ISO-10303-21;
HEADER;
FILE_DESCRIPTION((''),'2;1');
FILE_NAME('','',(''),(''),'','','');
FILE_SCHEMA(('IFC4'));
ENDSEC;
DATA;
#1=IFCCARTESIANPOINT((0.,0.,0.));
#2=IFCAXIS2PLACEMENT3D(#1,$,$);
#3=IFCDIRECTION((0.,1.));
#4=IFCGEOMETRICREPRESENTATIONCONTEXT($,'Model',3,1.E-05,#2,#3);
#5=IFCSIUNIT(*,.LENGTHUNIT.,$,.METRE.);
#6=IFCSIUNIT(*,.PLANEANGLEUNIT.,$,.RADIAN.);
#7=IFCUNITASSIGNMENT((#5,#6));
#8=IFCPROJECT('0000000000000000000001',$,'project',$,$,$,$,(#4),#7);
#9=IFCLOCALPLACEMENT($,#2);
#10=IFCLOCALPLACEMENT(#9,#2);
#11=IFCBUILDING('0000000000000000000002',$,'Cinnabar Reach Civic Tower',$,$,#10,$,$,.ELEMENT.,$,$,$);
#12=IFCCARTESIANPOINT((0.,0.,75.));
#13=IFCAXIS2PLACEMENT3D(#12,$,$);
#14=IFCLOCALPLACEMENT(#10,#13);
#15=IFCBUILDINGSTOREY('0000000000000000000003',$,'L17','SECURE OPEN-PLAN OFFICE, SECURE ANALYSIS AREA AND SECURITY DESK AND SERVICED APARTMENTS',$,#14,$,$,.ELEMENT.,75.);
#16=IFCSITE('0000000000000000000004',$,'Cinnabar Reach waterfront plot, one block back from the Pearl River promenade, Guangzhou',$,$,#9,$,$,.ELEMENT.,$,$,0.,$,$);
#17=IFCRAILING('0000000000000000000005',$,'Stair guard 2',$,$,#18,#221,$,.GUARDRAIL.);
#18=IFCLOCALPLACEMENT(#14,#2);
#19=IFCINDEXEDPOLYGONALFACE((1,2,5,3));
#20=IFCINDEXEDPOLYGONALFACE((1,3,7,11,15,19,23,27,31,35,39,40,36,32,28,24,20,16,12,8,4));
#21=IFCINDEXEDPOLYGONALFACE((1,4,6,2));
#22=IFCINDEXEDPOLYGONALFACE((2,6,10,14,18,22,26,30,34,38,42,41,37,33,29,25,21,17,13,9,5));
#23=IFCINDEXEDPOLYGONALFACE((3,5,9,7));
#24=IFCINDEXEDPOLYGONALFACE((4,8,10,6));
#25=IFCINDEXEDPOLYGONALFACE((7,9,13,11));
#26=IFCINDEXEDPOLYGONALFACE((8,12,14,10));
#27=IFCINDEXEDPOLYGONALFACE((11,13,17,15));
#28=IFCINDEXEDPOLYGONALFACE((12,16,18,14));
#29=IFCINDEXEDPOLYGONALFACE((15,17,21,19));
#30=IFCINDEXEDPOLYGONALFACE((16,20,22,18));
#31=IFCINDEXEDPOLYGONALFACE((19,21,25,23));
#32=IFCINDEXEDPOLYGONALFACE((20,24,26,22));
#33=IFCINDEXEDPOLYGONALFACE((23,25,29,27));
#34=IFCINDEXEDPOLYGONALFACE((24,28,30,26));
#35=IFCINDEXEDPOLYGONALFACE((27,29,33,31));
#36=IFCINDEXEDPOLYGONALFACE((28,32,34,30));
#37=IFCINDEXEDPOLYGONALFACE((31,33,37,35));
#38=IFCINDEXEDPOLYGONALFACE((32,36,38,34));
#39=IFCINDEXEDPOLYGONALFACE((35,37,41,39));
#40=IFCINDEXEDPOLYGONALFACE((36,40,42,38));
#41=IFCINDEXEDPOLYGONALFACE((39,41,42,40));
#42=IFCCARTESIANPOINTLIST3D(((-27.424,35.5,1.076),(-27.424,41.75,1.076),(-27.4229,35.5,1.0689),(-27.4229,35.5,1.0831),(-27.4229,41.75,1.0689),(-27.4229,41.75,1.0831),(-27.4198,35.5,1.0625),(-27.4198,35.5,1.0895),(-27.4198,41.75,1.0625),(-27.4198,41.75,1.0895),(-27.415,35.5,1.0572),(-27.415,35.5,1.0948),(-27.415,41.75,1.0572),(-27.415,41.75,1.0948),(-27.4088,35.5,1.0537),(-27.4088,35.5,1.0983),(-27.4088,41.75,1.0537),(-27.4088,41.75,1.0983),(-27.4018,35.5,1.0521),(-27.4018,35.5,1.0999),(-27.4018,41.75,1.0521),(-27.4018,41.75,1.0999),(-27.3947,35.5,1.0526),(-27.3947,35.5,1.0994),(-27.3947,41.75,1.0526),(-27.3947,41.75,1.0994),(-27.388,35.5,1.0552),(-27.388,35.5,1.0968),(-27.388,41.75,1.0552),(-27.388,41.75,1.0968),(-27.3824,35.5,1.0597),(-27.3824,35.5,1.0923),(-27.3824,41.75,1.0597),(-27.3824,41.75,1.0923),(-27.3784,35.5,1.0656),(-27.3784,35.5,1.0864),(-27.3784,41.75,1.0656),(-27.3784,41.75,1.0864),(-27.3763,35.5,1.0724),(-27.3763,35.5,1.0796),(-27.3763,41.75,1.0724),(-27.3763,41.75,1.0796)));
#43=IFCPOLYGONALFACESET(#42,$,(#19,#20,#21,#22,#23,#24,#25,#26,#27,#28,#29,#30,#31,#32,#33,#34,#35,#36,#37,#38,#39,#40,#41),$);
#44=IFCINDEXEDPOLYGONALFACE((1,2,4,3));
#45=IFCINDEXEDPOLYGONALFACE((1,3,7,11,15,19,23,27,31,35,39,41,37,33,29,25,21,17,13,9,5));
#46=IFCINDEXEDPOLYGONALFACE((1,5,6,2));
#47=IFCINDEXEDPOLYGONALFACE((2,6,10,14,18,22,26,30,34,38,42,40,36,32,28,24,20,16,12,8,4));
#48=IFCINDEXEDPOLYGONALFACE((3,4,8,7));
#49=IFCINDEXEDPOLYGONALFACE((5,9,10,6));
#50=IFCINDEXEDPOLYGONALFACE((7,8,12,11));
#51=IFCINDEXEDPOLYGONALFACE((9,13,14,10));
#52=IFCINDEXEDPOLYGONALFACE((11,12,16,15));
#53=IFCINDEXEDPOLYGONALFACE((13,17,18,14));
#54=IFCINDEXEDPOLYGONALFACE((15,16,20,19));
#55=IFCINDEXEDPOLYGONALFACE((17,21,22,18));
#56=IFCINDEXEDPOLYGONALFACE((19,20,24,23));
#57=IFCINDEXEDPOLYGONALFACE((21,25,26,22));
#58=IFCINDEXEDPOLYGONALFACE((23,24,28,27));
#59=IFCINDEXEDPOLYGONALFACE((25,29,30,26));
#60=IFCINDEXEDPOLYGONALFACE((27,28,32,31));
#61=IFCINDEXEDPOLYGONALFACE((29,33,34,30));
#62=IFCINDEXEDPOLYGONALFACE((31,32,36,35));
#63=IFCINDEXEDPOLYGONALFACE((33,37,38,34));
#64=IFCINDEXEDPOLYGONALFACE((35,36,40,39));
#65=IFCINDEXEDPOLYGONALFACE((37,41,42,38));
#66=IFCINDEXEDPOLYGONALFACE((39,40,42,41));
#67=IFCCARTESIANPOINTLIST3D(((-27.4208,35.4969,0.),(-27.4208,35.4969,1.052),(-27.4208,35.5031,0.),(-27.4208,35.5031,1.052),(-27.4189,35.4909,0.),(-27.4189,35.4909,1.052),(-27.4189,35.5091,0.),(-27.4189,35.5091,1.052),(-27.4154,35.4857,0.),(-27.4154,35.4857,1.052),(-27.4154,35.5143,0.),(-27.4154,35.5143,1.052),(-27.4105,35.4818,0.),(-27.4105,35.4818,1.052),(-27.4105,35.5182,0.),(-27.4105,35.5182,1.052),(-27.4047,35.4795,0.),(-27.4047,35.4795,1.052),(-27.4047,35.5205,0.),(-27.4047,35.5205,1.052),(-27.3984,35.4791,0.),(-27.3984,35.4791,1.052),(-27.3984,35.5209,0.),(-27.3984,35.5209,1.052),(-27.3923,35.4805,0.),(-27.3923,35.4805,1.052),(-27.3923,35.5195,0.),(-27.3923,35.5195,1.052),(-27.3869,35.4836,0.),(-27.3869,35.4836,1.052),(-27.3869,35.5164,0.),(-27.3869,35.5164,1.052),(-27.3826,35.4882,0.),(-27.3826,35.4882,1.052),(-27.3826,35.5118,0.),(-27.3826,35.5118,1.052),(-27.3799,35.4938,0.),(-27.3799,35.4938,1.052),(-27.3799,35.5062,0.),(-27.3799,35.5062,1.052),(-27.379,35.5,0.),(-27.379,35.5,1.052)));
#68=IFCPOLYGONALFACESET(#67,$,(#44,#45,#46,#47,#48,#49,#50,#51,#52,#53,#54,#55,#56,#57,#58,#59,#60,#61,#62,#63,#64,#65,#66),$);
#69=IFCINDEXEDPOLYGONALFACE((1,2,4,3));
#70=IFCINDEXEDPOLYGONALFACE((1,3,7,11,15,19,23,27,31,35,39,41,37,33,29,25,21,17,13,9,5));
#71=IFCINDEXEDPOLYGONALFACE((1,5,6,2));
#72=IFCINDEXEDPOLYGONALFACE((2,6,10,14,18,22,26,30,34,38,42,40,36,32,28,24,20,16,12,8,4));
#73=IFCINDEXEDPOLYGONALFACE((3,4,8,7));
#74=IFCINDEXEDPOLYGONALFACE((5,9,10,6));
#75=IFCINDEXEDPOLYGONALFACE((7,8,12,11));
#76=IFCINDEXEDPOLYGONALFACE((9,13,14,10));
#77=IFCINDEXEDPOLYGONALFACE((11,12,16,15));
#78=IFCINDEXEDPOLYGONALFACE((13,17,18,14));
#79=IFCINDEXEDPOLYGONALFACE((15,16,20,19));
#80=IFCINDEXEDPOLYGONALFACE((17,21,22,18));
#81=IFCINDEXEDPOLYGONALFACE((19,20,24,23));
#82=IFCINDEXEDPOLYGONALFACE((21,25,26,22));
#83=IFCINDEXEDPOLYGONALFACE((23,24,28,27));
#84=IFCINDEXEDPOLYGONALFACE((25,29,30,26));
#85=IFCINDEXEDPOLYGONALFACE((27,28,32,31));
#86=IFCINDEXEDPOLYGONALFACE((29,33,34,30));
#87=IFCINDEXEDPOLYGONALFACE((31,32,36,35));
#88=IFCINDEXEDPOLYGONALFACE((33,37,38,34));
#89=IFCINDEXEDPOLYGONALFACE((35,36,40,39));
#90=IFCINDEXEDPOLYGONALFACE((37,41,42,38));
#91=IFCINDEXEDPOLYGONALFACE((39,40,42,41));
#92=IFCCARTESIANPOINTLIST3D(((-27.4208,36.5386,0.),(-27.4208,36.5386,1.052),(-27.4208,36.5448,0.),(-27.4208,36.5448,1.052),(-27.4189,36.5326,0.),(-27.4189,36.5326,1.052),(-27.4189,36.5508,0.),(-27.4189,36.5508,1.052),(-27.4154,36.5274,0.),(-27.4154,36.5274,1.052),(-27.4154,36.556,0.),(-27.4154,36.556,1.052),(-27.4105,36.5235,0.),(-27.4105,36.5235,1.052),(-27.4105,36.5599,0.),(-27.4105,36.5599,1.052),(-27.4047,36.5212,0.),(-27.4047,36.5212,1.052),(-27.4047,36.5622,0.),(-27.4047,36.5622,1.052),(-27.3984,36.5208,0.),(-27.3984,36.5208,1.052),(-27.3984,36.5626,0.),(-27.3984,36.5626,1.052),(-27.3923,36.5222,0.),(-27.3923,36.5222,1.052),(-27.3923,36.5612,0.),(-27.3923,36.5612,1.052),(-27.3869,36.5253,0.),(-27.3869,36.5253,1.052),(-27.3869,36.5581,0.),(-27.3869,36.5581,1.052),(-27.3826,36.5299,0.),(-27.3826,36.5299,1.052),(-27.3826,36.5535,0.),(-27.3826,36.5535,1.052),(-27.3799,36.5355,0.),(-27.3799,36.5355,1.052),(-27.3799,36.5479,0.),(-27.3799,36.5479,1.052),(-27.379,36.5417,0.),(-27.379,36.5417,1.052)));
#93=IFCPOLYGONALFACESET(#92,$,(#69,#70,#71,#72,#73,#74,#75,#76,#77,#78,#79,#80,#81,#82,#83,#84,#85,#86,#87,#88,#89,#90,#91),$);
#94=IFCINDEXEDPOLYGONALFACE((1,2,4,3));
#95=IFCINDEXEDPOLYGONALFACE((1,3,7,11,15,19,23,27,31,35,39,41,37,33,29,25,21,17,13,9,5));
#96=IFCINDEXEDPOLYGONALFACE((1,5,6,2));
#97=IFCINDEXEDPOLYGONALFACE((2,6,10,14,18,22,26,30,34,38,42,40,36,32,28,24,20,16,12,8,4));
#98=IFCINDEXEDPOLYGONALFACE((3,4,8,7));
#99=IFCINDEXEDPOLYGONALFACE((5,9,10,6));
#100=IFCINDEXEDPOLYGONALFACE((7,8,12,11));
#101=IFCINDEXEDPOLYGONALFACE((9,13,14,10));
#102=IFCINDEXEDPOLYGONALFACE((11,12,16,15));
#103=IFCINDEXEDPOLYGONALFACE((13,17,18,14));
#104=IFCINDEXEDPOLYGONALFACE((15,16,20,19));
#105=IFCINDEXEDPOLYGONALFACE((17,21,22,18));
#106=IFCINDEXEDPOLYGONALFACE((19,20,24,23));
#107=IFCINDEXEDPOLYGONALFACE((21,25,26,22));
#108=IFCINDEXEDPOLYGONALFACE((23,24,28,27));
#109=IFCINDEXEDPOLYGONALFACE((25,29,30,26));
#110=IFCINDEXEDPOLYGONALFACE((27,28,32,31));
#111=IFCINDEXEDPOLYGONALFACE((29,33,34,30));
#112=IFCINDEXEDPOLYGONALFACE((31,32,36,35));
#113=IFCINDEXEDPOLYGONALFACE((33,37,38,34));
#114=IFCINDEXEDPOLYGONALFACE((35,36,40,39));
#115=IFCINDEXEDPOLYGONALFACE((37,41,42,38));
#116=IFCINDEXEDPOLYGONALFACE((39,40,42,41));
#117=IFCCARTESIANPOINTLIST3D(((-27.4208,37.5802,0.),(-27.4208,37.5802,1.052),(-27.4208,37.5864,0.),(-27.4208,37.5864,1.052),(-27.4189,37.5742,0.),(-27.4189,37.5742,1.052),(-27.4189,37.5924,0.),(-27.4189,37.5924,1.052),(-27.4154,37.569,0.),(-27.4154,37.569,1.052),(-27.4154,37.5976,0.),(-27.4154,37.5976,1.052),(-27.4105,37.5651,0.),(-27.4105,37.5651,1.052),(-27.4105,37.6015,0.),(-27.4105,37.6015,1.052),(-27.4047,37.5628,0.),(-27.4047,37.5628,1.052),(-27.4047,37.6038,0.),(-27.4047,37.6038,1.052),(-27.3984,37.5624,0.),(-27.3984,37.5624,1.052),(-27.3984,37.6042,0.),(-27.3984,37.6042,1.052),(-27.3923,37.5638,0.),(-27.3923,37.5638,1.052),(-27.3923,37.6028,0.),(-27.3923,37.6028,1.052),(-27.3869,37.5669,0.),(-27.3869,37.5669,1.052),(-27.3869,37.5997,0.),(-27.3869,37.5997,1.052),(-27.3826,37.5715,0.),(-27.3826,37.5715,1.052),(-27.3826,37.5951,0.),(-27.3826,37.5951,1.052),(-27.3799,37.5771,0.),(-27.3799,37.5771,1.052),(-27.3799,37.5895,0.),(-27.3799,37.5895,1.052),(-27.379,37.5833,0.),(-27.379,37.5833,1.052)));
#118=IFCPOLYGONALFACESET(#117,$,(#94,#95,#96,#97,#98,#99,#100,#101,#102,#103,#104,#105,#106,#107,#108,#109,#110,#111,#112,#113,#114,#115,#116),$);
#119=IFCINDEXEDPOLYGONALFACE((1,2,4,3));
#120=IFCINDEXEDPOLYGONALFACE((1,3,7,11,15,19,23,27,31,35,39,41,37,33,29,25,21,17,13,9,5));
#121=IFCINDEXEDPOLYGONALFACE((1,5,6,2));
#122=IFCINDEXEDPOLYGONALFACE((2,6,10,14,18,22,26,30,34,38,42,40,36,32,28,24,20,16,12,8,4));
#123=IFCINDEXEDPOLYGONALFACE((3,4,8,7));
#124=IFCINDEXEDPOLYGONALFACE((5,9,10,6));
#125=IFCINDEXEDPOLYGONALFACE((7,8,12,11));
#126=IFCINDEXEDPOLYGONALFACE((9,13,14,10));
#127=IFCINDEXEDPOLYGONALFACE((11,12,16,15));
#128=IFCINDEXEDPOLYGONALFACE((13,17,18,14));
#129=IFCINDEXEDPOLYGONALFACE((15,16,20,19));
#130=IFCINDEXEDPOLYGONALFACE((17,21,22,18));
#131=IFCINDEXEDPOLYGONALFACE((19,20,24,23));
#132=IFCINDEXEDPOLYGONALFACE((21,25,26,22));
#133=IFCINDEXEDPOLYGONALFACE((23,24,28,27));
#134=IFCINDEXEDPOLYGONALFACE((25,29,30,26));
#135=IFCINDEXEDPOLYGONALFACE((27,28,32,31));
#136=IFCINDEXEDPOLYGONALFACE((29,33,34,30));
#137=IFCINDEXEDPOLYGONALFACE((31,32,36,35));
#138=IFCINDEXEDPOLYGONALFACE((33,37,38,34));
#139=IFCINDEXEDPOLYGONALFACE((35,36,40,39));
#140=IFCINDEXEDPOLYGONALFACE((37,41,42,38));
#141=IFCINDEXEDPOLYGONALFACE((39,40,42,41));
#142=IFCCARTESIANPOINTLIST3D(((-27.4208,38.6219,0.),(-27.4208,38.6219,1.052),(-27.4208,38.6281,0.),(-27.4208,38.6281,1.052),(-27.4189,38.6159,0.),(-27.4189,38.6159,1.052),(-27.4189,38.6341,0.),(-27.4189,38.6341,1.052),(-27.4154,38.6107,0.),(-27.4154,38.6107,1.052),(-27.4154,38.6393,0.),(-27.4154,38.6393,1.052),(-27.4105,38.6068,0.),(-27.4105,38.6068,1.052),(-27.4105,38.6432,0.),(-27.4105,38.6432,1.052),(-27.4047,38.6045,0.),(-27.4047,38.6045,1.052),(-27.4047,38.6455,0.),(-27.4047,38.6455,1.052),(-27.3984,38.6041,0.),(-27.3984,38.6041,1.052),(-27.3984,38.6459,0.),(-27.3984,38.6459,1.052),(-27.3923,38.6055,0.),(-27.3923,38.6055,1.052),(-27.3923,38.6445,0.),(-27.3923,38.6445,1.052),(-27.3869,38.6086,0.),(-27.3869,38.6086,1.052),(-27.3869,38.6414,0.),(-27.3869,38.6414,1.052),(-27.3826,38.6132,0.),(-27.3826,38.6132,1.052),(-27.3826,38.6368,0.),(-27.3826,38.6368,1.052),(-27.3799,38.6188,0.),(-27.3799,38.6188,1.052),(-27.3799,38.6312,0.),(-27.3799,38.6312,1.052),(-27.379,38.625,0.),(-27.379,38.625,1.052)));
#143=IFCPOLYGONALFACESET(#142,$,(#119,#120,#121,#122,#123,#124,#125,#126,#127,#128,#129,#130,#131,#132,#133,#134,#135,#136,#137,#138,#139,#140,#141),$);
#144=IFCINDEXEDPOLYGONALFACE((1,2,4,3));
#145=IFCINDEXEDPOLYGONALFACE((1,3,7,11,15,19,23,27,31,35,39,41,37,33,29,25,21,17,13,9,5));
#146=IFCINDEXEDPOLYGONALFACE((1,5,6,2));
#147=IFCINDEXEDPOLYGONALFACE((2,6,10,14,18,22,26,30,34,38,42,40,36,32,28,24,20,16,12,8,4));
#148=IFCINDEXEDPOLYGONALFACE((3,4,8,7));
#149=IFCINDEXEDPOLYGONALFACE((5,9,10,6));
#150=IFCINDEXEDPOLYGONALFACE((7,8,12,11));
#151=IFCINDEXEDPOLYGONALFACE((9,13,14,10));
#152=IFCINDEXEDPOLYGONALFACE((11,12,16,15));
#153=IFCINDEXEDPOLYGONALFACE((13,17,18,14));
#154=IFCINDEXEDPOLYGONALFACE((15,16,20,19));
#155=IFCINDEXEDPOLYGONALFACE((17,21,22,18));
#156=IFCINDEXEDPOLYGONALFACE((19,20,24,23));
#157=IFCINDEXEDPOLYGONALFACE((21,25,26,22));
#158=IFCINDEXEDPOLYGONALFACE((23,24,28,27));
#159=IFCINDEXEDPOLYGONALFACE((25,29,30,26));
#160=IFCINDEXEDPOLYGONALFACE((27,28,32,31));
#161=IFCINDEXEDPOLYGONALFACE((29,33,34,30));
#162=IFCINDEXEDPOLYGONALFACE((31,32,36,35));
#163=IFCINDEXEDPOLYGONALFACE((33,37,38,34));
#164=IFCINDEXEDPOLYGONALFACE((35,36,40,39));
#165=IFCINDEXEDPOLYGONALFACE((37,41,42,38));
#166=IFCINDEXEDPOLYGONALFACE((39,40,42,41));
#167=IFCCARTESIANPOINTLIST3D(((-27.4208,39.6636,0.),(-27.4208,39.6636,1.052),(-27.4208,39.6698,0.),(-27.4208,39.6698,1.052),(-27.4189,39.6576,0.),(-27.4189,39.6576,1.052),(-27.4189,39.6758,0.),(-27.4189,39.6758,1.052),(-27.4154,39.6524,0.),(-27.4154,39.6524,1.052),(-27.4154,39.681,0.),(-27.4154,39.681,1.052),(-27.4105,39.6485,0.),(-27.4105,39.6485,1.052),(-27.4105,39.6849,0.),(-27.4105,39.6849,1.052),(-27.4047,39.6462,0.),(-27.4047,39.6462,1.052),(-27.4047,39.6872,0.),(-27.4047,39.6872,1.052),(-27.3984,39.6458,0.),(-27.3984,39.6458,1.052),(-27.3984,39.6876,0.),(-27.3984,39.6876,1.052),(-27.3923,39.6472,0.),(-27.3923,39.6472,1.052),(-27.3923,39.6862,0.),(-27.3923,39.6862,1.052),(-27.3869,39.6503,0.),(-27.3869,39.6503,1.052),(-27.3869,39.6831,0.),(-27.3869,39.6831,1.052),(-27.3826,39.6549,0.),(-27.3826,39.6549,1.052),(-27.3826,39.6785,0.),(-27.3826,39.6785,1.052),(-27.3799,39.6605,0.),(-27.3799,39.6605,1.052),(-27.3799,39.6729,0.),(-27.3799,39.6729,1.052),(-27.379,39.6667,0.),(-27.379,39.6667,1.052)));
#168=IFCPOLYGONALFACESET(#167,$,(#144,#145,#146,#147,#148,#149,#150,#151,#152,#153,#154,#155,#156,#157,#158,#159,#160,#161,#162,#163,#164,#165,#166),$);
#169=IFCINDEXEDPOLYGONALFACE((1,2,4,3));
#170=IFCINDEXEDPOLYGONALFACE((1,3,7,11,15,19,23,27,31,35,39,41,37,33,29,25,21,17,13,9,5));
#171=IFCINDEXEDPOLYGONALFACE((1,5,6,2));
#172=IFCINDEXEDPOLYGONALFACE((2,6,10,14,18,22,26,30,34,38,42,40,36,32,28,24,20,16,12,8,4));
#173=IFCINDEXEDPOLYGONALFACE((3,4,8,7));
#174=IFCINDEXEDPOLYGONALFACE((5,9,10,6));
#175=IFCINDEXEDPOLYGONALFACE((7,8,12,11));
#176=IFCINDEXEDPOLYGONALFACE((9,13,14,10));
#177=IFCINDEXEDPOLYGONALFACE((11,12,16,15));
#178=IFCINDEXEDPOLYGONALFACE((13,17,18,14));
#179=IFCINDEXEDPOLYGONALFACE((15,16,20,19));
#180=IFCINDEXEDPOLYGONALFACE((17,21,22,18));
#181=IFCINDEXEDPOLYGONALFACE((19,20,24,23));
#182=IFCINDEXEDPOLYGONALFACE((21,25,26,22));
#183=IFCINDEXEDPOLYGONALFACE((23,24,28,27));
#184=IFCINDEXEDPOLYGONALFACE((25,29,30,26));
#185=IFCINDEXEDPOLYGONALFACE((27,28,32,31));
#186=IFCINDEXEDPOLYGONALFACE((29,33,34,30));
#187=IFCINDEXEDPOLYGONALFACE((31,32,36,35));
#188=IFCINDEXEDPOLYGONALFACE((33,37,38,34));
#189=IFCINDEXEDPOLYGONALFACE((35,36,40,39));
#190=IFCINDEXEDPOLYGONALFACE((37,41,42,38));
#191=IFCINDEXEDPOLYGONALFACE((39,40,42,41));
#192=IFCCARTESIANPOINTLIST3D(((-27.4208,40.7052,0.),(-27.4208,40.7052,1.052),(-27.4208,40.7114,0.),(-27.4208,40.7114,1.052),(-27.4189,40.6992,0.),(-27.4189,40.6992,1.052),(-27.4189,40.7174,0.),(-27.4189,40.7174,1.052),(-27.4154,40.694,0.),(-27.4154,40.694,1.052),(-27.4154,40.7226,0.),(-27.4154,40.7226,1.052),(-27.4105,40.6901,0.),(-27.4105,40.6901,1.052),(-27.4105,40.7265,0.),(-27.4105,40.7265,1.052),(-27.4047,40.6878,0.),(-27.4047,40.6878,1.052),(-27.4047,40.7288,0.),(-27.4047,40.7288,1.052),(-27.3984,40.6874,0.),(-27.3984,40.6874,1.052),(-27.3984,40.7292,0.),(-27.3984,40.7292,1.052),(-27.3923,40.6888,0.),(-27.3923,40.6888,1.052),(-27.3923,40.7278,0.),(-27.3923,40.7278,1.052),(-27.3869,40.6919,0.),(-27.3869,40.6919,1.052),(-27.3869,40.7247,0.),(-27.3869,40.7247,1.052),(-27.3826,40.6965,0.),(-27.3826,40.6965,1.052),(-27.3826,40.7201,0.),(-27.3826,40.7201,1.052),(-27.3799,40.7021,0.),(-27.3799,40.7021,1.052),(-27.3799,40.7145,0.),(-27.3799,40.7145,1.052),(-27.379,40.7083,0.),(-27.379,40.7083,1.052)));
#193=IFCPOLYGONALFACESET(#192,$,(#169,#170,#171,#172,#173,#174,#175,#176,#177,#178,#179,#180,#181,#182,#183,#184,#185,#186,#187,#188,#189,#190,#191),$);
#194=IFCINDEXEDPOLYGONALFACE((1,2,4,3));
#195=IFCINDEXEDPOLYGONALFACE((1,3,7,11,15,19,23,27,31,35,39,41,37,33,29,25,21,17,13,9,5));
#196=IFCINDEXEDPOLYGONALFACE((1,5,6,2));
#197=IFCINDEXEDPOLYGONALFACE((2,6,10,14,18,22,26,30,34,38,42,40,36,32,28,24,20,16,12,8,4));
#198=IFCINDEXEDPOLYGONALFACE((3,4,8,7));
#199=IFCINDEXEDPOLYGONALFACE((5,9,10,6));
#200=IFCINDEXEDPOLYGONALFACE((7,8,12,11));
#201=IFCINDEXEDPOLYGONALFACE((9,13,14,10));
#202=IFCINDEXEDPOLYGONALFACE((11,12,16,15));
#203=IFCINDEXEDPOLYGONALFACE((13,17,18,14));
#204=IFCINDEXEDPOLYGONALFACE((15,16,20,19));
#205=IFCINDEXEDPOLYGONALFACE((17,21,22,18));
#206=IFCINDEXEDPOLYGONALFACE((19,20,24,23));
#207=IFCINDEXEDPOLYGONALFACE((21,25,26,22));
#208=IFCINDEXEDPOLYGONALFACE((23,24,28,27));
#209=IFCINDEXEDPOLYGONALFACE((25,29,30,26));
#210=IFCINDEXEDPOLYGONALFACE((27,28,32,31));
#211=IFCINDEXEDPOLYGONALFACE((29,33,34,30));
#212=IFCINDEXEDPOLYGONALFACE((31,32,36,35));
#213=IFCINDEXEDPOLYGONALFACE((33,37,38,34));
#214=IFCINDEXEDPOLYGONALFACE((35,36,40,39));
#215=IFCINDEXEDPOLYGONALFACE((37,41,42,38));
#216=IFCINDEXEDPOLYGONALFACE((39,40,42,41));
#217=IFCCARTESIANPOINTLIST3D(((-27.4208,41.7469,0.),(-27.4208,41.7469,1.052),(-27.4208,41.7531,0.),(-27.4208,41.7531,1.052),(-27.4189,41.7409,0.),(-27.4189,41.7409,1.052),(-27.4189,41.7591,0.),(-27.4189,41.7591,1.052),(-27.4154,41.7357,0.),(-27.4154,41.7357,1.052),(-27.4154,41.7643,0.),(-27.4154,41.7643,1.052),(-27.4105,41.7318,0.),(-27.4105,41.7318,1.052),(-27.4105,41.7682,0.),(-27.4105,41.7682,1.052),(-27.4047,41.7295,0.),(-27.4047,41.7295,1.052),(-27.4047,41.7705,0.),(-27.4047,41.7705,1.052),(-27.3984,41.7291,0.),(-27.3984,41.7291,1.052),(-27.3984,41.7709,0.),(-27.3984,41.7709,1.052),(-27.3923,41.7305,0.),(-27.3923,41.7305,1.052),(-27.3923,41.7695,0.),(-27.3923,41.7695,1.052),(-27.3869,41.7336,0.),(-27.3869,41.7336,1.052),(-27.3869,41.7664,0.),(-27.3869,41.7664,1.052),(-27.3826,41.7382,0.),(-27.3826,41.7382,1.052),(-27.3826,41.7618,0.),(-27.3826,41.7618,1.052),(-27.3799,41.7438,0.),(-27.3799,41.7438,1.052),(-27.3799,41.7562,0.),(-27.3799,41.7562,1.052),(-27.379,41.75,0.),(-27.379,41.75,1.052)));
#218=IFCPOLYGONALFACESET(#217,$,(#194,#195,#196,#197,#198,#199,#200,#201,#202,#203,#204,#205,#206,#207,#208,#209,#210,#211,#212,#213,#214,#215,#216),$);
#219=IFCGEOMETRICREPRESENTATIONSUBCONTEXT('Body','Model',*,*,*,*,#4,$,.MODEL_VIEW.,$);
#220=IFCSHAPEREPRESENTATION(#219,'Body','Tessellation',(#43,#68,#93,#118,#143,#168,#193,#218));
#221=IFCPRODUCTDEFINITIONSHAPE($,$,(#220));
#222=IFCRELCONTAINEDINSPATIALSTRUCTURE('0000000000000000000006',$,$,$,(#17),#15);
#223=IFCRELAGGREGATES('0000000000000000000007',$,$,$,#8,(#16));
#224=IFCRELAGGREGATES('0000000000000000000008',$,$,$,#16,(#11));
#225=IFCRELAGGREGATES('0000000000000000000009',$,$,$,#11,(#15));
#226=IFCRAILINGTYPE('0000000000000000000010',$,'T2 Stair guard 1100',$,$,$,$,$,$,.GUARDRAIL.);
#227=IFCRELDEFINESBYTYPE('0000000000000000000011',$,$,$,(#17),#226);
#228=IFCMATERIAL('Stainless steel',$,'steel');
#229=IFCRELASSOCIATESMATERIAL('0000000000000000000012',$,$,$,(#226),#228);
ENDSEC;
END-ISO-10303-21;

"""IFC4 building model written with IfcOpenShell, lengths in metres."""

from ifc_helpers import new_model, si_unit, direction, frame, origin, origin_2d, place, context, subcontext, project, spatial, circle, extrude, material, type_object, element, save


model = new_model("IFC4")

# Units and contexts
model_context = context("Model", 3, precision=1e-05, world=origin(), true_north=direction((0.0, 1.0)))
body_context = subcontext(model_context, "Body", "Model", "MODEL_VIEW")
ifc_project = project(units=[si_unit("LENGTHUNIT", "METRE"), si_unit("PLANEANGLEUNIT", "RADIAN")], contexts=[model_context])

# Site, building, storey
site_placement = place(None, origin())
site = spatial("IfcSite", under=ifc_project, at=site_placement, Name="Cinnabar Reach waterfront plot, one block back from the Pearl River promenade, Guangzhou", CompositionType="ELEMENT", RefElevation=0.0)
building_placement = place(site_placement, origin())
building = spatial("IfcBuilding", under=site, at=building_placement, Name="Cinnabar Reach Civic Tower", CompositionType="ELEMENT")
storey_placement = place(building_placement, frame((0.0, 0.0, 75.0)))
storey = spatial("IfcBuildingStorey", under=building, at=storey_placement, Name="L17", Description="SECURE OPEN-PLAN OFFICE, SECURE ANALYSIS AREA AND SECURITY DESK AND SERVICED APARTMENTS", CompositionType="ELEMENT", Elevation=75.0)

# Railing
ifc_material_1 = material(Name="Stainless steel", Category="steel")
railing_type = type_object("IfcRailingType", Name="T2 Stair guard 1100", PredefinedType="GUARDRAIL", material=ifc_material_1)
for number, where, name in (
    (1, (-27.4, 35.5, 0.0), "Stair guard 2"),
):
    element("IfcRailing", number, at=place(storey_placement, frame(where)), inside=storey, type_object=railing_type, Name=name, PredefinedType="GUARDRAIL", context=body_context, shape_type="SweptSolid", body=[
        extrude(circle(Radius=0.024, at=origin_2d()), frame((0.0, 0.0, 1.076), z_axis=(0.0, 1.0, 0.0), x_axis=(-1.0, 0.0, 0.0)), (0.0, 0.0, 1.0), 6.25),
        extrude(circle(Radius=0.021, at=origin_2d()), origin(), (0.0, 0.0, 1.0), 1.052),
        extrude(circle(Radius=0.021, at=origin_2d()), frame((0.0, 1.0417, 0.0)), (0.0, 0.0, 1.0), 1.052),
        extrude(circle(Radius=0.021, at=origin_2d()), frame((0.0, 2.0833, 0.0)), (0.0, 0.0, 1.0), 1.052),
        extrude(circle(Radius=0.021, at=origin_2d()), frame((0.0, 3.125, 0.0)), (0.0, 0.0, 1.0), 1.052),
        extrude(circle(Radius=0.021, at=origin_2d()), frame((0.0, 4.1667, 0.0)), (0.0, 0.0, 1.0), 1.052),
        extrude(circle(Radius=0.021, at=origin_2d()), frame((0.0, 5.2083, 0.0)), (0.0, 0.0, 1.0), 1.052),
        extrude(circle(Radius=0.021, at=origin_2d()), frame((0.0, 6.25, 0.0)), (0.0, 0.0, 1.0), 1.052),
    ])

save(model, "model.ifc")
